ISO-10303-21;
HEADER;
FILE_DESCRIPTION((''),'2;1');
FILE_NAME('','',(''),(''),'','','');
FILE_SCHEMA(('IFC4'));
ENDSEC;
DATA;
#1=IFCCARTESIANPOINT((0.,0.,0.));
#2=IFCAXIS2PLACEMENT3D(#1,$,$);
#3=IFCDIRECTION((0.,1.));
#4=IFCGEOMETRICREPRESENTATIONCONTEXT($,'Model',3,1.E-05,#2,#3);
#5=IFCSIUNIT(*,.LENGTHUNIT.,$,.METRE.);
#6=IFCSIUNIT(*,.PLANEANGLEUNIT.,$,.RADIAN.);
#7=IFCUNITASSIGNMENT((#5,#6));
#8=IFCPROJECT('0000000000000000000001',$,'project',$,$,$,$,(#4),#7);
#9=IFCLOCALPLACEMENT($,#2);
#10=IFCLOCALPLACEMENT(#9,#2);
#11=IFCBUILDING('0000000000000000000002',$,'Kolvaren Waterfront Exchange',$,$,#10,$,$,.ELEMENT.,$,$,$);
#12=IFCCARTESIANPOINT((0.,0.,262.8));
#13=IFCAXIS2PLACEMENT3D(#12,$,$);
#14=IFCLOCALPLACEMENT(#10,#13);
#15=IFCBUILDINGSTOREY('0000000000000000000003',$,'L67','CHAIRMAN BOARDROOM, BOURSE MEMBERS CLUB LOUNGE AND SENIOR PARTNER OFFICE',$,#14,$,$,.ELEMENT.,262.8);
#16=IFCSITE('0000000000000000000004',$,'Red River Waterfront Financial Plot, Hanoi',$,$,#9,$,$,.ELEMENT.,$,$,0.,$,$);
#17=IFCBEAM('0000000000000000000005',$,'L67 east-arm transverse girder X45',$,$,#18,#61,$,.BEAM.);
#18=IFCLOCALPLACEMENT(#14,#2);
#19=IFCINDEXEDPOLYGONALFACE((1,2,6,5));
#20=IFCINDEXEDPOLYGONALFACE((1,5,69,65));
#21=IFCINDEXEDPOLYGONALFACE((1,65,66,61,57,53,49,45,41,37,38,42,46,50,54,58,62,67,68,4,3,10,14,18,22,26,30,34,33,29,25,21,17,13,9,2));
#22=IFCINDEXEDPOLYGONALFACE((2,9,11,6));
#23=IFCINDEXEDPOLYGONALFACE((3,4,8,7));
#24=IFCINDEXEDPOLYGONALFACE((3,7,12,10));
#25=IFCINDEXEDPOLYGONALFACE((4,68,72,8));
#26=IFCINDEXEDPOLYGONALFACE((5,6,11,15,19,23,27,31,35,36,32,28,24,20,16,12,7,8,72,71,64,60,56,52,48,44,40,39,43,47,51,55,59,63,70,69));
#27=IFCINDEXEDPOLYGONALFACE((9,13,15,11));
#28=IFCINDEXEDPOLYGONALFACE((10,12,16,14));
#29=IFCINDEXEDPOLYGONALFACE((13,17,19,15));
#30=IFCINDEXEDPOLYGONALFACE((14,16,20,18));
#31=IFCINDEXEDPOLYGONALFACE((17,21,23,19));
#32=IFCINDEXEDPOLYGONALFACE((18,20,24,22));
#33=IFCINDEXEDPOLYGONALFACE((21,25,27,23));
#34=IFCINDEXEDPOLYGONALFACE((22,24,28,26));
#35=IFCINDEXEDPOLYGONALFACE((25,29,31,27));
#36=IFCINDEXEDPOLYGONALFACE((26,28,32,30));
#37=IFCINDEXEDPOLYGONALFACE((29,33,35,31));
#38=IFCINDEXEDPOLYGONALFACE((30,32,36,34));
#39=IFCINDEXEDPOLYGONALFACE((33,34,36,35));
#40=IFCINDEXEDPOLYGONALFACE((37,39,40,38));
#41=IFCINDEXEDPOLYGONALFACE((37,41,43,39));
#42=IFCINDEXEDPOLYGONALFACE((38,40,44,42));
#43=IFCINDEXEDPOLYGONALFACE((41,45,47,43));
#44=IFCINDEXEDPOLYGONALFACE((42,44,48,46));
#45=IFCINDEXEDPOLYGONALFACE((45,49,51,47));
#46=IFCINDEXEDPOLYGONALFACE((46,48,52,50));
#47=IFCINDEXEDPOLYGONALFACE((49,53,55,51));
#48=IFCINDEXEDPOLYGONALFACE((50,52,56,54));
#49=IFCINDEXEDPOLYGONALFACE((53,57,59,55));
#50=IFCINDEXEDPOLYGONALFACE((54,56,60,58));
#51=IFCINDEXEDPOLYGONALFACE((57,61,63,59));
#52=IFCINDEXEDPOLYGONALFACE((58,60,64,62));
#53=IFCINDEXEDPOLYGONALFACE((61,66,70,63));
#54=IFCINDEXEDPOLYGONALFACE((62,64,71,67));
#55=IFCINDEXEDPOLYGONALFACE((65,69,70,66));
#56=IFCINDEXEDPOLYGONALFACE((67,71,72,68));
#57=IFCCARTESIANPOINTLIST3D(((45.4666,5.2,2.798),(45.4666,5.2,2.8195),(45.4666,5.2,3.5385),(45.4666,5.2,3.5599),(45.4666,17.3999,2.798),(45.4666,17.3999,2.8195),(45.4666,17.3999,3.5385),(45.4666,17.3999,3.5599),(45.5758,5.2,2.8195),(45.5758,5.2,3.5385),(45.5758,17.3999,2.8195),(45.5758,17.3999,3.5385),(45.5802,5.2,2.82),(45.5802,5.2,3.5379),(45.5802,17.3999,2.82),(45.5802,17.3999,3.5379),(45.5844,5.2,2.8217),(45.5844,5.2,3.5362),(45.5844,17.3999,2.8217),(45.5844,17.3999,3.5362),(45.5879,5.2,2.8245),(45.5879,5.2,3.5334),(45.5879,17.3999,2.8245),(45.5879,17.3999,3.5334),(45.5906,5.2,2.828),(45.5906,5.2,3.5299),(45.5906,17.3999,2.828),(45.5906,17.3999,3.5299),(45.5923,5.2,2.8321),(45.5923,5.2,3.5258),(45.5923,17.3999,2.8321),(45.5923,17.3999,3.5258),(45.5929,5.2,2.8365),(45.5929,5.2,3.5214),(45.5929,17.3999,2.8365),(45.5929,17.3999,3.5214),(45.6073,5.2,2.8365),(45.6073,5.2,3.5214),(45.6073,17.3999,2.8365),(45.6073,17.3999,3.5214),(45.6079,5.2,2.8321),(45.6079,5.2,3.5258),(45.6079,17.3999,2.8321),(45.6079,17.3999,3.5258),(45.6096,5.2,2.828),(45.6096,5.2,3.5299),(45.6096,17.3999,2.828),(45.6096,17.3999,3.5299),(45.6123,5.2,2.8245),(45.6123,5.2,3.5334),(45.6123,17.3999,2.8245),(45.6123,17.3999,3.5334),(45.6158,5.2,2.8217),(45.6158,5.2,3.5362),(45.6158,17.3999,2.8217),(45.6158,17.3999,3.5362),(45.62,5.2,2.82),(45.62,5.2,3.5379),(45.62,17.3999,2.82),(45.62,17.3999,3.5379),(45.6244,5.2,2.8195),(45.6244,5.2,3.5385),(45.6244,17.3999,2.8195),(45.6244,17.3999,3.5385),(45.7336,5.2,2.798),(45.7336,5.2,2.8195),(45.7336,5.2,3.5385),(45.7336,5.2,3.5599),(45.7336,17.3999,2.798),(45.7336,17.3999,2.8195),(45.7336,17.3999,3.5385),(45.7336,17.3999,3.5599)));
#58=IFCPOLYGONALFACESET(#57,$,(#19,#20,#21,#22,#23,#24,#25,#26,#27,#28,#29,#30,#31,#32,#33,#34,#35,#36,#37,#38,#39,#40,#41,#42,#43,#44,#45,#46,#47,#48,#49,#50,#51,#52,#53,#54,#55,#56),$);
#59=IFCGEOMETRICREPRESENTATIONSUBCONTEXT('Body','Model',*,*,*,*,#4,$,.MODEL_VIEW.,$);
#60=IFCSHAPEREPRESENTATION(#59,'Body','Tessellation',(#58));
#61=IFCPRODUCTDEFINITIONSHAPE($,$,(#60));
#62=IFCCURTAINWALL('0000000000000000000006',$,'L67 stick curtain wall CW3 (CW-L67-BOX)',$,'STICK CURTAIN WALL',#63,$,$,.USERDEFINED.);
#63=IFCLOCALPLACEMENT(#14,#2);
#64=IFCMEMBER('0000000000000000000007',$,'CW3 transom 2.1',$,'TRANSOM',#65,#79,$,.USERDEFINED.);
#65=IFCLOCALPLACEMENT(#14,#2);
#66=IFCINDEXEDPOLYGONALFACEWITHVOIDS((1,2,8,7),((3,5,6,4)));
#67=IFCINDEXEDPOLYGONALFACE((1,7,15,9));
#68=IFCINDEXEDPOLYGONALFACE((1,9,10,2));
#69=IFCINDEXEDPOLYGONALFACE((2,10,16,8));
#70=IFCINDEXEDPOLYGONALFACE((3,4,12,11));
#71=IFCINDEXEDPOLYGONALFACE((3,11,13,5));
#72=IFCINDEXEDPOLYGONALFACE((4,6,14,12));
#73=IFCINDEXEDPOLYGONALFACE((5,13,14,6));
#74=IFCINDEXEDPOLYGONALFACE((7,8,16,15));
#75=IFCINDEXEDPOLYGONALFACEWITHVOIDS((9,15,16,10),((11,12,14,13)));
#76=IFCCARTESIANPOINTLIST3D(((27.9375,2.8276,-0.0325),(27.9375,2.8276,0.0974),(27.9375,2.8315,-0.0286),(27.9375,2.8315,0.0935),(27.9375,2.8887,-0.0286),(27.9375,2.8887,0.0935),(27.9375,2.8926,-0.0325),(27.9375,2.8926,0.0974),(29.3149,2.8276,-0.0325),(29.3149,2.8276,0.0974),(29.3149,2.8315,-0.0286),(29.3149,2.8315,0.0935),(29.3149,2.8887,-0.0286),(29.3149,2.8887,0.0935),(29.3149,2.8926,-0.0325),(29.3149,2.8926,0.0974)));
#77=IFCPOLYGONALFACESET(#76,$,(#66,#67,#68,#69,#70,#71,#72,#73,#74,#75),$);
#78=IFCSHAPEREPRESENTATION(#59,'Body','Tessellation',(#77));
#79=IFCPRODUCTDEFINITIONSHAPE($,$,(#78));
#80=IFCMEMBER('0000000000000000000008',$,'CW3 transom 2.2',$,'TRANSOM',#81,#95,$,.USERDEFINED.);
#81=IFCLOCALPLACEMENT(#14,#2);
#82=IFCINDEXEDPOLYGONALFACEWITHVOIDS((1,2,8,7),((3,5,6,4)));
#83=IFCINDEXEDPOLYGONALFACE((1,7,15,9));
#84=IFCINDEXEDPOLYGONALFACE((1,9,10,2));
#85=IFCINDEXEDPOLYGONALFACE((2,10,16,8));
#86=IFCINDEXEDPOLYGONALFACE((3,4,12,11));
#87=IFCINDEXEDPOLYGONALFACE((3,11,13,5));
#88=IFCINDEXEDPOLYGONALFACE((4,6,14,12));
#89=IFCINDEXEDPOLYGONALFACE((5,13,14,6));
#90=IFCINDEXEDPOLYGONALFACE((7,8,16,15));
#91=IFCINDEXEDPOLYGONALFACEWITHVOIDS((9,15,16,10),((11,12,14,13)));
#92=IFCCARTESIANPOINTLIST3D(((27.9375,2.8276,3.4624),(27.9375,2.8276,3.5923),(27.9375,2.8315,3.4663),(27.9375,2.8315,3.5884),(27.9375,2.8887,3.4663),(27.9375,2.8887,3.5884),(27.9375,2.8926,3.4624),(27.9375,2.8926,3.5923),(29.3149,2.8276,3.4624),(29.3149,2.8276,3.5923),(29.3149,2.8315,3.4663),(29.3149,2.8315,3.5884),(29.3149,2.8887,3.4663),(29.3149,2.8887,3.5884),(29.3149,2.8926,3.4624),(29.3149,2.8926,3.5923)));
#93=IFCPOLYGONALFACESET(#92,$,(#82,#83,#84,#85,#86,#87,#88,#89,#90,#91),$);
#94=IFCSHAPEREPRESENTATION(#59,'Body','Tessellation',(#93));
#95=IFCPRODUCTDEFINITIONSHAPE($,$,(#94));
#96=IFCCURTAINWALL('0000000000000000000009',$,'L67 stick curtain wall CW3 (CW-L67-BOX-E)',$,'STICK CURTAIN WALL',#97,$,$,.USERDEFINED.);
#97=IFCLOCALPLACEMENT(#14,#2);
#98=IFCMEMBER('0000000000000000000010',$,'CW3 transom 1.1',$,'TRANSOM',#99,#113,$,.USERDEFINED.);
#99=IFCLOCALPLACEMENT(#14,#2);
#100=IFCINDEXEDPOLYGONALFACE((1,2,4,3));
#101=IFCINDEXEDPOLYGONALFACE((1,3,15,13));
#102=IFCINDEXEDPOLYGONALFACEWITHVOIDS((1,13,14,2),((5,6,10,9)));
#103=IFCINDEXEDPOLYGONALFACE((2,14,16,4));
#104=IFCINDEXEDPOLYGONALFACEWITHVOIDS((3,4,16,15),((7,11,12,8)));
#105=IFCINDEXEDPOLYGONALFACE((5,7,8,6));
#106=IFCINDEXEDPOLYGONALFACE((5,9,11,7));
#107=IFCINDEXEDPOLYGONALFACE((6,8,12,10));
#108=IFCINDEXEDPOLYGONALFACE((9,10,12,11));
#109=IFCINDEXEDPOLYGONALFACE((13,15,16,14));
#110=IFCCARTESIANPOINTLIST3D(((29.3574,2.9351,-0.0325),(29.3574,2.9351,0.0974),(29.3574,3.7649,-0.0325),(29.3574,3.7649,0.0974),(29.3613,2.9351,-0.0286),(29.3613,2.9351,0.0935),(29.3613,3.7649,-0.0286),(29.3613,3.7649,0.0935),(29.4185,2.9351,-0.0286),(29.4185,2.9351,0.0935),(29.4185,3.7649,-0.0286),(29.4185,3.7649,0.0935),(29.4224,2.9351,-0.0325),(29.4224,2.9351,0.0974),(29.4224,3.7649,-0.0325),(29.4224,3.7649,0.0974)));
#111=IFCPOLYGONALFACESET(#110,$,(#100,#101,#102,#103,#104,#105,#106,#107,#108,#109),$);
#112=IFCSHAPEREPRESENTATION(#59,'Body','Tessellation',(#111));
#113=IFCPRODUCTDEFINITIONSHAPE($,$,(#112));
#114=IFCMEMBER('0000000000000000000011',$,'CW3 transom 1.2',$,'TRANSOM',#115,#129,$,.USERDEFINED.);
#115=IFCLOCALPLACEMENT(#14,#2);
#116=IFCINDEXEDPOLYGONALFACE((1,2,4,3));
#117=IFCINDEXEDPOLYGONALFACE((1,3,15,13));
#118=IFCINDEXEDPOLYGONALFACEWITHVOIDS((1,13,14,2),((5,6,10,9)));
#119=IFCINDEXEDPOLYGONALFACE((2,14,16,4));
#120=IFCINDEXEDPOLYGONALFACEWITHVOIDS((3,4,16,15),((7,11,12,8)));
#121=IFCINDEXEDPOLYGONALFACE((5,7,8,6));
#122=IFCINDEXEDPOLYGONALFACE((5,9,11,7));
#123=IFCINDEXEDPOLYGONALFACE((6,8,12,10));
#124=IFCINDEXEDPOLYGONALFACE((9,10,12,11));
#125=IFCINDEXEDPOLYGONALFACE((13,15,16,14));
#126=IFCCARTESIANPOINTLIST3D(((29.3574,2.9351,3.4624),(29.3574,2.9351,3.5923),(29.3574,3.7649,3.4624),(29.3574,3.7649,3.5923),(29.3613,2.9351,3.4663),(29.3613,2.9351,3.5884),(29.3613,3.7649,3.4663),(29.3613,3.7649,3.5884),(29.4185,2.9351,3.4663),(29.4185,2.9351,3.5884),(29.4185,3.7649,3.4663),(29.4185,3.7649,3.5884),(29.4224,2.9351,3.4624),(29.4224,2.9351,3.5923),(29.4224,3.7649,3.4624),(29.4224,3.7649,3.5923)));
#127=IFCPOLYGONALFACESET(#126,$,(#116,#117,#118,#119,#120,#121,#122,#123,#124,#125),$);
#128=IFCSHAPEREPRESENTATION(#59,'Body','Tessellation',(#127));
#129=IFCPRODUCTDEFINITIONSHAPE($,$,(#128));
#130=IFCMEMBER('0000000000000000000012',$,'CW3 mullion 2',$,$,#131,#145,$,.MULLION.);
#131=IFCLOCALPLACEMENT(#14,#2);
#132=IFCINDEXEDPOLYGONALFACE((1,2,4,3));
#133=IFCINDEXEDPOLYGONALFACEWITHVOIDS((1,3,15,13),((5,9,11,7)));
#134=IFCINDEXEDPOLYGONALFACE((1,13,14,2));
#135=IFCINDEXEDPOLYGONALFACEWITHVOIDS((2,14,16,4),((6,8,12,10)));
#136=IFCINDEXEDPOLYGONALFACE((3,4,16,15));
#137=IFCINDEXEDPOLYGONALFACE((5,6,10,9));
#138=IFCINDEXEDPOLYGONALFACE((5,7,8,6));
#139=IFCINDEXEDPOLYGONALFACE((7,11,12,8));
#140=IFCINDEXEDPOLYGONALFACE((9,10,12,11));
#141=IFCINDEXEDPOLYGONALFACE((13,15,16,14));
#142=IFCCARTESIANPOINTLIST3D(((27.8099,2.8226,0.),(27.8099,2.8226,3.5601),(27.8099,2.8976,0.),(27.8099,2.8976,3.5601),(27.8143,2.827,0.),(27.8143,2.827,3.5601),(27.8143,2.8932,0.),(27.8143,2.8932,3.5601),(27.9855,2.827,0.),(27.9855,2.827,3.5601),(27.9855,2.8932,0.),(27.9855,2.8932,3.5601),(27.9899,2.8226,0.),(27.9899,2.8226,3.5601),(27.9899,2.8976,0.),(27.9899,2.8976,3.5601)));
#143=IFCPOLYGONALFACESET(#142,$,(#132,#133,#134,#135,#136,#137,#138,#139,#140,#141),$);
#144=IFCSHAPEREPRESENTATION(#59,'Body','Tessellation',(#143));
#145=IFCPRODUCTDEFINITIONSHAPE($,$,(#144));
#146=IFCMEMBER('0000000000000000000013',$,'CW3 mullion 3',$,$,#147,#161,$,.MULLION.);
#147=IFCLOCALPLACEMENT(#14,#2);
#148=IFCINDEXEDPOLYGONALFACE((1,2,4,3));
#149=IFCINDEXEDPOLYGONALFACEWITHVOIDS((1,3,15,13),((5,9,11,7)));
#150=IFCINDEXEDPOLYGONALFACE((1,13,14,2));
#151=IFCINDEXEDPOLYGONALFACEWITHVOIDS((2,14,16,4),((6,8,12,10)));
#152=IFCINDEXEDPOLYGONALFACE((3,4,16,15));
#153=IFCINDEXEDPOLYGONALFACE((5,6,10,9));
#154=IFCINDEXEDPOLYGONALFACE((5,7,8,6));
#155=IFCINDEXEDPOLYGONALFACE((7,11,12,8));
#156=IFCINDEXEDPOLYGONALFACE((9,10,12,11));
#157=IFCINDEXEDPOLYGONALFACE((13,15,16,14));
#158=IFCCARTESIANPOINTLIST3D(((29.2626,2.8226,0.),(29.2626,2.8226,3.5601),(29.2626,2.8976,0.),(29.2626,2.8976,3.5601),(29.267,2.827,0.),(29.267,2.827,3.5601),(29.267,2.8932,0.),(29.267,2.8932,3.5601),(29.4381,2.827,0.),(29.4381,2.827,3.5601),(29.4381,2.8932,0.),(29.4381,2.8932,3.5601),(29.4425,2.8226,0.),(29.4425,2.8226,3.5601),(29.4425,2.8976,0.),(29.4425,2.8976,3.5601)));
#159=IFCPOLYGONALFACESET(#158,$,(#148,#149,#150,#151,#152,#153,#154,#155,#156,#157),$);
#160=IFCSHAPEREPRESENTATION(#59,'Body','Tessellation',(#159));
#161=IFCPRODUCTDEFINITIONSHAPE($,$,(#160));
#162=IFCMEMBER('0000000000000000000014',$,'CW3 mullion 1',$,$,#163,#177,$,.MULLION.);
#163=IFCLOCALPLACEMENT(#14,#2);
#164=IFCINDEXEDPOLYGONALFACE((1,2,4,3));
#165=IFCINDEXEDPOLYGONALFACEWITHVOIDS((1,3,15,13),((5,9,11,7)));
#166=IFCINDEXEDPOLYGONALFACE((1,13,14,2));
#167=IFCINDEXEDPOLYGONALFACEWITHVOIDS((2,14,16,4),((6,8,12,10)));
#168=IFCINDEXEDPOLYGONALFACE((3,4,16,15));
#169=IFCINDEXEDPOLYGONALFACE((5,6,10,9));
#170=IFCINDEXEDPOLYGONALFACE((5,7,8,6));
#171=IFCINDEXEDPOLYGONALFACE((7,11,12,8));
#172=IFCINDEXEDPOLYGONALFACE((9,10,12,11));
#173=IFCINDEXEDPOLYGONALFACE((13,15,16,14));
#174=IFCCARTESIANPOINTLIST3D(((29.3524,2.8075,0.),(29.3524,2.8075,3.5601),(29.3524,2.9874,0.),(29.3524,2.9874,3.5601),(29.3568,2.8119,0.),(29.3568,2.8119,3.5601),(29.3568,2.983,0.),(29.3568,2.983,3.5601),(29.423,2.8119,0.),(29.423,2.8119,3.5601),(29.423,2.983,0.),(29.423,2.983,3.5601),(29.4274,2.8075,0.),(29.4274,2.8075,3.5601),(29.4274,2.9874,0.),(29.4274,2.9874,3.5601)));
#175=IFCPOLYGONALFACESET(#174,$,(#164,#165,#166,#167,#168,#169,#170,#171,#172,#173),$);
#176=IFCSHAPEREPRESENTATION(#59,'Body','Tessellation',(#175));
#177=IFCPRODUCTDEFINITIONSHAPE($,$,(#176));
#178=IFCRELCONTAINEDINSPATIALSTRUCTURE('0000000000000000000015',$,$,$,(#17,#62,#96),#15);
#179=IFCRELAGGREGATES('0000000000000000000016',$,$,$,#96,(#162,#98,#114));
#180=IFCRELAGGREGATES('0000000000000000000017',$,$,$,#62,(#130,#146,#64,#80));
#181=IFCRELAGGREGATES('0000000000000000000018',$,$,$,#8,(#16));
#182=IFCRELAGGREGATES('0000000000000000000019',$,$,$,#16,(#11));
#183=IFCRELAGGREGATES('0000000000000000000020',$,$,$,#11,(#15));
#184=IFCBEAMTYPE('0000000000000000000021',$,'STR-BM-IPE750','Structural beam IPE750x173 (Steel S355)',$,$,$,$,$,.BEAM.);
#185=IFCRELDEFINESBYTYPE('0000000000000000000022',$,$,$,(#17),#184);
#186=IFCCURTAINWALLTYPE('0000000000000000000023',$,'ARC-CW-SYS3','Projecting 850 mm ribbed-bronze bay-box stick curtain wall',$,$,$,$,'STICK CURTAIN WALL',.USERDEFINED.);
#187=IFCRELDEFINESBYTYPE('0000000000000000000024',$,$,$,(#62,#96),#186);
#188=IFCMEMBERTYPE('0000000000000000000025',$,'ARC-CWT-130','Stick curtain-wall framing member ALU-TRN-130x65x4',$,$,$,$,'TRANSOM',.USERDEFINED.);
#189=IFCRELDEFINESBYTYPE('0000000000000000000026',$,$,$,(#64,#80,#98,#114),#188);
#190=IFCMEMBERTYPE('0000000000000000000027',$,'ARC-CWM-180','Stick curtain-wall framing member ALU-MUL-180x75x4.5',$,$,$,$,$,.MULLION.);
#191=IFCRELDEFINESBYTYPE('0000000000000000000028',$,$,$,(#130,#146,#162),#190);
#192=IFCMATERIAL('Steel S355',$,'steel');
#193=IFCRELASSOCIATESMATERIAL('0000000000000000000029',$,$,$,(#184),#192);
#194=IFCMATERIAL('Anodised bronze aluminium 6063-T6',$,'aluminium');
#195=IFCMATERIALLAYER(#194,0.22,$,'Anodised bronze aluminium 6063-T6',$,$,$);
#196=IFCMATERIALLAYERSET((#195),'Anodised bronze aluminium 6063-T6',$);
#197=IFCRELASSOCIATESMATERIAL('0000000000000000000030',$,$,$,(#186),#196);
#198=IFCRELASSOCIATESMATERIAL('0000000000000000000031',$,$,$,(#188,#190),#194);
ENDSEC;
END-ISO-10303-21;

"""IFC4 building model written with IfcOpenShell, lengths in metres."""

from ifc_helpers import new_model, si_unit, direction, frame, origin, origin_with_axes, origin_2d, place, context, subcontext, project, spatial, hollow_rectangle, i_section, extrude, source, transform, mapped, material, layer, layer_set, material_profile, profile_set, type_object, element, aggregate, save


model = new_model("IFC4")

# Units and contexts
model_context = context("Model", 3, precision=1e-05, world=origin(), true_north=direction((0.0, 1.0)))
body_context = subcontext(model_context, "Body", "Model", "MODEL_VIEW")
ifc_project = project(units=[si_unit("LENGTHUNIT", "METRE"), si_unit("PLANEANGLEUNIT", "RADIAN")], contexts=[model_context])

# Site, building, storey
site_placement = place(None, origin())
site = spatial("IfcSite", under=ifc_project, at=site_placement, Name="Red River Waterfront Financial Plot, Hanoi", CompositionType="ELEMENT", RefElevation=0.0)
building_placement = place(site_placement, origin())
building = spatial("IfcBuilding", under=site, at=building_placement, Name="Kolvaren Waterfront Exchange", CompositionType="ELEMENT")
storey_placement = place(building_placement, frame((0.0, 0.0, 262.8)))
storey = spatial("IfcBuildingStorey", under=building, at=storey_placement, Name="L67", Description="CHAIRMAN BOARDROOM, BOURSE MEMBERS CLUB LOUNGE AND SENIOR PARTNER OFFICE", CompositionType="ELEMENT", Elevation=262.8)

# Beam
ifc_material_1 = material(Name="Steel S355", Category="steel")
ifc_material_profile_1 = material_profile(ifc_material_1, i_section(OverallWidth=0.2671, OverallDepth=0.762, WebThickness=0.0144, FlangeThickness=0.0215, FilletRadius=0.0171, at=origin_2d()), Name="IPE750x173")
ifc_profile_set_1 = profile_set([ifc_material_profile_1], Name="Steel S355")
beam_type_1 = type_object("IfcBeamType", Name="STR-BM-IPE750", Description="Structural beam IPE750x173 (Steel S355)", PredefinedType="BEAM", material=ifc_profile_set_1)
for number, where, z_axis, x_axis, name in (
    (1, (45.6001, 5.2, 3.179), (0.0, 1.0, 0.0), (-1.0, 0.0, 0.0), "L67 east-arm transverse girder X45"),
):
    element("IfcBeam", number, at=place(storey_placement, frame(where, z_axis=z_axis, x_axis=x_axis)), inside=storey, type_object=beam_type_1, Name=name, PredefinedType="BEAM", context=body_context, shape_type="SweptSolid", body=[
        extrude(i_section(OverallWidth=0.2671, OverallDepth=0.762, WebThickness=0.0144, FlangeThickness=0.0215, FilletRadius=0.0171, at=origin_2d()), origin(), (0.0, 0.0, 1.0), 12.2),
    ])

# Curtain walls, members
ifc_material_2 = material(Name="Anodised bronze aluminium 6063-T6", Category="aluminium")
ifc_layer_1 = layer(ifc_material_2, 0.22, Name="Anodised bronze aluminium 6063-T6")
ifc_layer_set_1 = layer_set([ifc_layer_1], Name="Anodised bronze aluminium 6063-T6")
curtain_wall_type_1 = type_object("IfcCurtainWallType", Name="ARC-CW-SYS3", Description="Projecting 850 mm ribbed-bronze bay-box stick curtain wall", ElementType="STICK CURTAIN WALL", PredefinedType="USERDEFINED", material=ifc_layer_set_1)
curtain_wall_1_placement = place(storey_placement, origin())
curtain_wall_1 = element("IfcCurtainWall", 2, at=curtain_wall_1_placement, inside=storey, type_object=curtain_wall_type_1, Name="L67 stick curtain wall CW3 (CW-L67-BOX)", ObjectType="STICK CURTAIN WALL", PredefinedType="USERDEFINED")
ifc_material_profile_2 = material_profile(ifc_material_2, hollow_rectangle(XDim=0.0649, YDim=0.1299, WallThickness=0.0039, at=origin_2d()), Name="ALU-TRN-130x65x4")
ifc_profile_set_2 = profile_set([ifc_material_profile_2], Name="Anodised bronze aluminium 6063-T6")
member_type_1 = type_object("IfcMemberType", Name="ARC-CWT-130", Description="Stick curtain-wall framing member ALU-TRN-130x65x4", ElementType="TRANSOM", PredefinedType="USERDEFINED", material=ifc_profile_set_2)
shared_shape_1 = source(origin_with_axes(), body_context, "Body", "SweptSolid", [
    extrude(hollow_rectangle(XDim=0.0649, YDim=0.1299, WallThickness=0.0039, at=origin_2d()), origin(), (0.0, 0.0, 1.0), 1.3774),
])
member_1_placement = place(storey_placement, frame((27.9375, 2.8601, 0.0325), z_axis=(1.0, 0.0, 0.0), x_axis=(0.0, 1.0, 0.0)))
member_1 = element("IfcMember", 3, at=member_1_placement, type_object=member_type_1, Name="CW3 transom 2.1", ObjectType="TRANSOM", PredefinedType="USERDEFINED", context=body_context, shape_type="MappedRepresentation", body=[
    mapped(shared_shape_1, transform((0.0, 0.0, 0.0), x_axis=(1.0, 0.0, 0.0), y_axis=(0.0, 1.0, 0.0), z_axis=(0.0, 0.0, 1.0), scale=1.0)),
])
member_2_placement = place(storey_placement, frame((27.9375, 2.8601, 3.5273), z_axis=(1.0, 0.0, 0.0), x_axis=(0.0, 1.0, 0.0)))
member_2 = element("IfcMember", 4, at=member_2_placement, type_object=member_type_1, Name="CW3 transom 2.2", ObjectType="TRANSOM", PredefinedType="USERDEFINED", context=body_context, shape_type="MappedRepresentation", body=[
    mapped(shared_shape_1, transform((0.0, 0.0, 0.0), x_axis=(1.0, 0.0, 0.0), y_axis=(0.0, 1.0, 0.0), z_axis=(0.0, 0.0, 1.0), scale=1.0)),
])
curtain_wall_2_placement = place(storey_placement, origin())
curtain_wall_2 = element("IfcCurtainWall", 5, at=curtain_wall_2_placement, inside=storey, type_object=curtain_wall_type_1, Name="L67 stick curtain wall CW3 (CW-L67-BOX-E)", ObjectType="STICK CURTAIN WALL", PredefinedType="USERDEFINED")
shared_shape_2 = source(origin_with_axes(), body_context, "Body", "SweptSolid", [
    extrude(hollow_rectangle(XDim=0.0649, YDim=0.1299, WallThickness=0.0039, at=origin_2d()), origin(), (0.0, 0.0, 1.0), 0.8298),
])
member_3_placement = place(storey_placement, frame((29.3899, 2.9351, 0.0325), z_axis=(0.0, 1.0, 0.0), x_axis=(-1.0, 0.0, 0.0)))
member_3 = element("IfcMember", 6, at=member_3_placement, type_object=member_type_1, Name="CW3 transom 1.1", ObjectType="TRANSOM", PredefinedType="USERDEFINED", context=body_context, shape_type="MappedRepresentation", body=[
    mapped(shared_shape_2, transform((0.0, 0.0, 0.0), x_axis=(1.0, 0.0, 0.0), y_axis=(0.0, 1.0, 0.0), z_axis=(0.0, 0.0, 1.0), scale=1.0)),
])
member_4_placement = place(storey_placement, frame((29.3899, 2.9351, 3.5273), z_axis=(0.0, 1.0, 0.0), x_axis=(-1.0, 0.0, 0.0)))
member_4 = element("IfcMember", 7, at=member_4_placement, type_object=member_type_1, Name="CW3 transom 1.2", ObjectType="TRANSOM", PredefinedType="USERDEFINED", context=body_context, shape_type="MappedRepresentation", body=[
    mapped(shared_shape_2, transform((0.0, 0.0, 0.0), x_axis=(1.0, 0.0, 0.0), y_axis=(0.0, 1.0, 0.0), z_axis=(0.0, 0.0, 1.0), scale=1.0)),
])

# Members
ifc_material_profile_3 = material_profile(ifc_material_2, hollow_rectangle(XDim=0.075, YDim=0.1799, WallThickness=0.0044, at=origin_2d()), Name="ALU-MUL-180x75x4.5")
ifc_profile_set_3 = profile_set([ifc_material_profile_3], Name="Anodised bronze aluminium 6063-T6")
member_type_2 = type_object("IfcMemberType", Name="ARC-CWM-180", Description="Stick curtain-wall framing member ALU-MUL-180x75x4.5", PredefinedType="MULLION", material=ifc_profile_set_3)
shared_shape_3 = source(origin_with_axes(), body_context, "Body", "SweptSolid", [
    extrude(hollow_rectangle(XDim=0.075, YDim=0.1799, WallThickness=0.0044, at=origin_2d()), origin(), (0.0, 0.0, 1.0), 3.5601),
])
member_5_placement = place(storey_placement, frame((27.8999, 2.8601, 0.0), z_axis=(0.0, 0.0, 1.0), x_axis=(0.0, 1.0, 0.0)))
member_5 = element("IfcMember", 8, at=member_5_placement, type_object=member_type_2, Name="CW3 mullion 2", PredefinedType="MULLION", context=body_context, shape_type="MappedRepresentation", body=[
    mapped(shared_shape_3, transform((0.0, 0.0, 0.0), x_axis=(1.0, 0.0, 0.0), y_axis=(0.0, 1.0, 0.0), z_axis=(0.0, 0.0, 1.0), scale=1.0)),
])
member_6_placement = place(storey_placement, frame((29.3525, 2.8601, 0.0), z_axis=(0.0, 0.0, 1.0), x_axis=(0.0, 1.0, 0.0)))
member_6 = element("IfcMember", 9, at=member_6_placement, type_object=member_type_2, Name="CW3 mullion 3", PredefinedType="MULLION", context=body_context, shape_type="MappedRepresentation", body=[
    mapped(shared_shape_3, transform((0.0, 0.0, 0.0), x_axis=(1.0, 0.0, 0.0), y_axis=(0.0, 1.0, 0.0), z_axis=(0.0, 0.0, 1.0), scale=1.0)),
])
member_7_placement = place(storey_placement, frame((29.3899, 2.8975, 0.0), z_axis=(0.0, 0.0, 1.0), x_axis=(-1.0, 0.0, 0.0)))
member_7 = element("IfcMember", 10, at=member_7_placement, type_object=member_type_2, Name="CW3 mullion 1", PredefinedType="MULLION", context=body_context, shape_type="MappedRepresentation", body=[
    mapped(shared_shape_3, transform((0.0, 0.0, 0.0), x_axis=(1.0, 0.0, 0.0), y_axis=(0.0, 1.0, 0.0), z_axis=(0.0, 0.0, 1.0), scale=1.0)),
])

aggregate(curtain_wall_2, [member_7, member_3, member_4])
aggregate(curtain_wall_1, [member_5, member_6, member_1, member_2])

save(model, "model.ifc")
